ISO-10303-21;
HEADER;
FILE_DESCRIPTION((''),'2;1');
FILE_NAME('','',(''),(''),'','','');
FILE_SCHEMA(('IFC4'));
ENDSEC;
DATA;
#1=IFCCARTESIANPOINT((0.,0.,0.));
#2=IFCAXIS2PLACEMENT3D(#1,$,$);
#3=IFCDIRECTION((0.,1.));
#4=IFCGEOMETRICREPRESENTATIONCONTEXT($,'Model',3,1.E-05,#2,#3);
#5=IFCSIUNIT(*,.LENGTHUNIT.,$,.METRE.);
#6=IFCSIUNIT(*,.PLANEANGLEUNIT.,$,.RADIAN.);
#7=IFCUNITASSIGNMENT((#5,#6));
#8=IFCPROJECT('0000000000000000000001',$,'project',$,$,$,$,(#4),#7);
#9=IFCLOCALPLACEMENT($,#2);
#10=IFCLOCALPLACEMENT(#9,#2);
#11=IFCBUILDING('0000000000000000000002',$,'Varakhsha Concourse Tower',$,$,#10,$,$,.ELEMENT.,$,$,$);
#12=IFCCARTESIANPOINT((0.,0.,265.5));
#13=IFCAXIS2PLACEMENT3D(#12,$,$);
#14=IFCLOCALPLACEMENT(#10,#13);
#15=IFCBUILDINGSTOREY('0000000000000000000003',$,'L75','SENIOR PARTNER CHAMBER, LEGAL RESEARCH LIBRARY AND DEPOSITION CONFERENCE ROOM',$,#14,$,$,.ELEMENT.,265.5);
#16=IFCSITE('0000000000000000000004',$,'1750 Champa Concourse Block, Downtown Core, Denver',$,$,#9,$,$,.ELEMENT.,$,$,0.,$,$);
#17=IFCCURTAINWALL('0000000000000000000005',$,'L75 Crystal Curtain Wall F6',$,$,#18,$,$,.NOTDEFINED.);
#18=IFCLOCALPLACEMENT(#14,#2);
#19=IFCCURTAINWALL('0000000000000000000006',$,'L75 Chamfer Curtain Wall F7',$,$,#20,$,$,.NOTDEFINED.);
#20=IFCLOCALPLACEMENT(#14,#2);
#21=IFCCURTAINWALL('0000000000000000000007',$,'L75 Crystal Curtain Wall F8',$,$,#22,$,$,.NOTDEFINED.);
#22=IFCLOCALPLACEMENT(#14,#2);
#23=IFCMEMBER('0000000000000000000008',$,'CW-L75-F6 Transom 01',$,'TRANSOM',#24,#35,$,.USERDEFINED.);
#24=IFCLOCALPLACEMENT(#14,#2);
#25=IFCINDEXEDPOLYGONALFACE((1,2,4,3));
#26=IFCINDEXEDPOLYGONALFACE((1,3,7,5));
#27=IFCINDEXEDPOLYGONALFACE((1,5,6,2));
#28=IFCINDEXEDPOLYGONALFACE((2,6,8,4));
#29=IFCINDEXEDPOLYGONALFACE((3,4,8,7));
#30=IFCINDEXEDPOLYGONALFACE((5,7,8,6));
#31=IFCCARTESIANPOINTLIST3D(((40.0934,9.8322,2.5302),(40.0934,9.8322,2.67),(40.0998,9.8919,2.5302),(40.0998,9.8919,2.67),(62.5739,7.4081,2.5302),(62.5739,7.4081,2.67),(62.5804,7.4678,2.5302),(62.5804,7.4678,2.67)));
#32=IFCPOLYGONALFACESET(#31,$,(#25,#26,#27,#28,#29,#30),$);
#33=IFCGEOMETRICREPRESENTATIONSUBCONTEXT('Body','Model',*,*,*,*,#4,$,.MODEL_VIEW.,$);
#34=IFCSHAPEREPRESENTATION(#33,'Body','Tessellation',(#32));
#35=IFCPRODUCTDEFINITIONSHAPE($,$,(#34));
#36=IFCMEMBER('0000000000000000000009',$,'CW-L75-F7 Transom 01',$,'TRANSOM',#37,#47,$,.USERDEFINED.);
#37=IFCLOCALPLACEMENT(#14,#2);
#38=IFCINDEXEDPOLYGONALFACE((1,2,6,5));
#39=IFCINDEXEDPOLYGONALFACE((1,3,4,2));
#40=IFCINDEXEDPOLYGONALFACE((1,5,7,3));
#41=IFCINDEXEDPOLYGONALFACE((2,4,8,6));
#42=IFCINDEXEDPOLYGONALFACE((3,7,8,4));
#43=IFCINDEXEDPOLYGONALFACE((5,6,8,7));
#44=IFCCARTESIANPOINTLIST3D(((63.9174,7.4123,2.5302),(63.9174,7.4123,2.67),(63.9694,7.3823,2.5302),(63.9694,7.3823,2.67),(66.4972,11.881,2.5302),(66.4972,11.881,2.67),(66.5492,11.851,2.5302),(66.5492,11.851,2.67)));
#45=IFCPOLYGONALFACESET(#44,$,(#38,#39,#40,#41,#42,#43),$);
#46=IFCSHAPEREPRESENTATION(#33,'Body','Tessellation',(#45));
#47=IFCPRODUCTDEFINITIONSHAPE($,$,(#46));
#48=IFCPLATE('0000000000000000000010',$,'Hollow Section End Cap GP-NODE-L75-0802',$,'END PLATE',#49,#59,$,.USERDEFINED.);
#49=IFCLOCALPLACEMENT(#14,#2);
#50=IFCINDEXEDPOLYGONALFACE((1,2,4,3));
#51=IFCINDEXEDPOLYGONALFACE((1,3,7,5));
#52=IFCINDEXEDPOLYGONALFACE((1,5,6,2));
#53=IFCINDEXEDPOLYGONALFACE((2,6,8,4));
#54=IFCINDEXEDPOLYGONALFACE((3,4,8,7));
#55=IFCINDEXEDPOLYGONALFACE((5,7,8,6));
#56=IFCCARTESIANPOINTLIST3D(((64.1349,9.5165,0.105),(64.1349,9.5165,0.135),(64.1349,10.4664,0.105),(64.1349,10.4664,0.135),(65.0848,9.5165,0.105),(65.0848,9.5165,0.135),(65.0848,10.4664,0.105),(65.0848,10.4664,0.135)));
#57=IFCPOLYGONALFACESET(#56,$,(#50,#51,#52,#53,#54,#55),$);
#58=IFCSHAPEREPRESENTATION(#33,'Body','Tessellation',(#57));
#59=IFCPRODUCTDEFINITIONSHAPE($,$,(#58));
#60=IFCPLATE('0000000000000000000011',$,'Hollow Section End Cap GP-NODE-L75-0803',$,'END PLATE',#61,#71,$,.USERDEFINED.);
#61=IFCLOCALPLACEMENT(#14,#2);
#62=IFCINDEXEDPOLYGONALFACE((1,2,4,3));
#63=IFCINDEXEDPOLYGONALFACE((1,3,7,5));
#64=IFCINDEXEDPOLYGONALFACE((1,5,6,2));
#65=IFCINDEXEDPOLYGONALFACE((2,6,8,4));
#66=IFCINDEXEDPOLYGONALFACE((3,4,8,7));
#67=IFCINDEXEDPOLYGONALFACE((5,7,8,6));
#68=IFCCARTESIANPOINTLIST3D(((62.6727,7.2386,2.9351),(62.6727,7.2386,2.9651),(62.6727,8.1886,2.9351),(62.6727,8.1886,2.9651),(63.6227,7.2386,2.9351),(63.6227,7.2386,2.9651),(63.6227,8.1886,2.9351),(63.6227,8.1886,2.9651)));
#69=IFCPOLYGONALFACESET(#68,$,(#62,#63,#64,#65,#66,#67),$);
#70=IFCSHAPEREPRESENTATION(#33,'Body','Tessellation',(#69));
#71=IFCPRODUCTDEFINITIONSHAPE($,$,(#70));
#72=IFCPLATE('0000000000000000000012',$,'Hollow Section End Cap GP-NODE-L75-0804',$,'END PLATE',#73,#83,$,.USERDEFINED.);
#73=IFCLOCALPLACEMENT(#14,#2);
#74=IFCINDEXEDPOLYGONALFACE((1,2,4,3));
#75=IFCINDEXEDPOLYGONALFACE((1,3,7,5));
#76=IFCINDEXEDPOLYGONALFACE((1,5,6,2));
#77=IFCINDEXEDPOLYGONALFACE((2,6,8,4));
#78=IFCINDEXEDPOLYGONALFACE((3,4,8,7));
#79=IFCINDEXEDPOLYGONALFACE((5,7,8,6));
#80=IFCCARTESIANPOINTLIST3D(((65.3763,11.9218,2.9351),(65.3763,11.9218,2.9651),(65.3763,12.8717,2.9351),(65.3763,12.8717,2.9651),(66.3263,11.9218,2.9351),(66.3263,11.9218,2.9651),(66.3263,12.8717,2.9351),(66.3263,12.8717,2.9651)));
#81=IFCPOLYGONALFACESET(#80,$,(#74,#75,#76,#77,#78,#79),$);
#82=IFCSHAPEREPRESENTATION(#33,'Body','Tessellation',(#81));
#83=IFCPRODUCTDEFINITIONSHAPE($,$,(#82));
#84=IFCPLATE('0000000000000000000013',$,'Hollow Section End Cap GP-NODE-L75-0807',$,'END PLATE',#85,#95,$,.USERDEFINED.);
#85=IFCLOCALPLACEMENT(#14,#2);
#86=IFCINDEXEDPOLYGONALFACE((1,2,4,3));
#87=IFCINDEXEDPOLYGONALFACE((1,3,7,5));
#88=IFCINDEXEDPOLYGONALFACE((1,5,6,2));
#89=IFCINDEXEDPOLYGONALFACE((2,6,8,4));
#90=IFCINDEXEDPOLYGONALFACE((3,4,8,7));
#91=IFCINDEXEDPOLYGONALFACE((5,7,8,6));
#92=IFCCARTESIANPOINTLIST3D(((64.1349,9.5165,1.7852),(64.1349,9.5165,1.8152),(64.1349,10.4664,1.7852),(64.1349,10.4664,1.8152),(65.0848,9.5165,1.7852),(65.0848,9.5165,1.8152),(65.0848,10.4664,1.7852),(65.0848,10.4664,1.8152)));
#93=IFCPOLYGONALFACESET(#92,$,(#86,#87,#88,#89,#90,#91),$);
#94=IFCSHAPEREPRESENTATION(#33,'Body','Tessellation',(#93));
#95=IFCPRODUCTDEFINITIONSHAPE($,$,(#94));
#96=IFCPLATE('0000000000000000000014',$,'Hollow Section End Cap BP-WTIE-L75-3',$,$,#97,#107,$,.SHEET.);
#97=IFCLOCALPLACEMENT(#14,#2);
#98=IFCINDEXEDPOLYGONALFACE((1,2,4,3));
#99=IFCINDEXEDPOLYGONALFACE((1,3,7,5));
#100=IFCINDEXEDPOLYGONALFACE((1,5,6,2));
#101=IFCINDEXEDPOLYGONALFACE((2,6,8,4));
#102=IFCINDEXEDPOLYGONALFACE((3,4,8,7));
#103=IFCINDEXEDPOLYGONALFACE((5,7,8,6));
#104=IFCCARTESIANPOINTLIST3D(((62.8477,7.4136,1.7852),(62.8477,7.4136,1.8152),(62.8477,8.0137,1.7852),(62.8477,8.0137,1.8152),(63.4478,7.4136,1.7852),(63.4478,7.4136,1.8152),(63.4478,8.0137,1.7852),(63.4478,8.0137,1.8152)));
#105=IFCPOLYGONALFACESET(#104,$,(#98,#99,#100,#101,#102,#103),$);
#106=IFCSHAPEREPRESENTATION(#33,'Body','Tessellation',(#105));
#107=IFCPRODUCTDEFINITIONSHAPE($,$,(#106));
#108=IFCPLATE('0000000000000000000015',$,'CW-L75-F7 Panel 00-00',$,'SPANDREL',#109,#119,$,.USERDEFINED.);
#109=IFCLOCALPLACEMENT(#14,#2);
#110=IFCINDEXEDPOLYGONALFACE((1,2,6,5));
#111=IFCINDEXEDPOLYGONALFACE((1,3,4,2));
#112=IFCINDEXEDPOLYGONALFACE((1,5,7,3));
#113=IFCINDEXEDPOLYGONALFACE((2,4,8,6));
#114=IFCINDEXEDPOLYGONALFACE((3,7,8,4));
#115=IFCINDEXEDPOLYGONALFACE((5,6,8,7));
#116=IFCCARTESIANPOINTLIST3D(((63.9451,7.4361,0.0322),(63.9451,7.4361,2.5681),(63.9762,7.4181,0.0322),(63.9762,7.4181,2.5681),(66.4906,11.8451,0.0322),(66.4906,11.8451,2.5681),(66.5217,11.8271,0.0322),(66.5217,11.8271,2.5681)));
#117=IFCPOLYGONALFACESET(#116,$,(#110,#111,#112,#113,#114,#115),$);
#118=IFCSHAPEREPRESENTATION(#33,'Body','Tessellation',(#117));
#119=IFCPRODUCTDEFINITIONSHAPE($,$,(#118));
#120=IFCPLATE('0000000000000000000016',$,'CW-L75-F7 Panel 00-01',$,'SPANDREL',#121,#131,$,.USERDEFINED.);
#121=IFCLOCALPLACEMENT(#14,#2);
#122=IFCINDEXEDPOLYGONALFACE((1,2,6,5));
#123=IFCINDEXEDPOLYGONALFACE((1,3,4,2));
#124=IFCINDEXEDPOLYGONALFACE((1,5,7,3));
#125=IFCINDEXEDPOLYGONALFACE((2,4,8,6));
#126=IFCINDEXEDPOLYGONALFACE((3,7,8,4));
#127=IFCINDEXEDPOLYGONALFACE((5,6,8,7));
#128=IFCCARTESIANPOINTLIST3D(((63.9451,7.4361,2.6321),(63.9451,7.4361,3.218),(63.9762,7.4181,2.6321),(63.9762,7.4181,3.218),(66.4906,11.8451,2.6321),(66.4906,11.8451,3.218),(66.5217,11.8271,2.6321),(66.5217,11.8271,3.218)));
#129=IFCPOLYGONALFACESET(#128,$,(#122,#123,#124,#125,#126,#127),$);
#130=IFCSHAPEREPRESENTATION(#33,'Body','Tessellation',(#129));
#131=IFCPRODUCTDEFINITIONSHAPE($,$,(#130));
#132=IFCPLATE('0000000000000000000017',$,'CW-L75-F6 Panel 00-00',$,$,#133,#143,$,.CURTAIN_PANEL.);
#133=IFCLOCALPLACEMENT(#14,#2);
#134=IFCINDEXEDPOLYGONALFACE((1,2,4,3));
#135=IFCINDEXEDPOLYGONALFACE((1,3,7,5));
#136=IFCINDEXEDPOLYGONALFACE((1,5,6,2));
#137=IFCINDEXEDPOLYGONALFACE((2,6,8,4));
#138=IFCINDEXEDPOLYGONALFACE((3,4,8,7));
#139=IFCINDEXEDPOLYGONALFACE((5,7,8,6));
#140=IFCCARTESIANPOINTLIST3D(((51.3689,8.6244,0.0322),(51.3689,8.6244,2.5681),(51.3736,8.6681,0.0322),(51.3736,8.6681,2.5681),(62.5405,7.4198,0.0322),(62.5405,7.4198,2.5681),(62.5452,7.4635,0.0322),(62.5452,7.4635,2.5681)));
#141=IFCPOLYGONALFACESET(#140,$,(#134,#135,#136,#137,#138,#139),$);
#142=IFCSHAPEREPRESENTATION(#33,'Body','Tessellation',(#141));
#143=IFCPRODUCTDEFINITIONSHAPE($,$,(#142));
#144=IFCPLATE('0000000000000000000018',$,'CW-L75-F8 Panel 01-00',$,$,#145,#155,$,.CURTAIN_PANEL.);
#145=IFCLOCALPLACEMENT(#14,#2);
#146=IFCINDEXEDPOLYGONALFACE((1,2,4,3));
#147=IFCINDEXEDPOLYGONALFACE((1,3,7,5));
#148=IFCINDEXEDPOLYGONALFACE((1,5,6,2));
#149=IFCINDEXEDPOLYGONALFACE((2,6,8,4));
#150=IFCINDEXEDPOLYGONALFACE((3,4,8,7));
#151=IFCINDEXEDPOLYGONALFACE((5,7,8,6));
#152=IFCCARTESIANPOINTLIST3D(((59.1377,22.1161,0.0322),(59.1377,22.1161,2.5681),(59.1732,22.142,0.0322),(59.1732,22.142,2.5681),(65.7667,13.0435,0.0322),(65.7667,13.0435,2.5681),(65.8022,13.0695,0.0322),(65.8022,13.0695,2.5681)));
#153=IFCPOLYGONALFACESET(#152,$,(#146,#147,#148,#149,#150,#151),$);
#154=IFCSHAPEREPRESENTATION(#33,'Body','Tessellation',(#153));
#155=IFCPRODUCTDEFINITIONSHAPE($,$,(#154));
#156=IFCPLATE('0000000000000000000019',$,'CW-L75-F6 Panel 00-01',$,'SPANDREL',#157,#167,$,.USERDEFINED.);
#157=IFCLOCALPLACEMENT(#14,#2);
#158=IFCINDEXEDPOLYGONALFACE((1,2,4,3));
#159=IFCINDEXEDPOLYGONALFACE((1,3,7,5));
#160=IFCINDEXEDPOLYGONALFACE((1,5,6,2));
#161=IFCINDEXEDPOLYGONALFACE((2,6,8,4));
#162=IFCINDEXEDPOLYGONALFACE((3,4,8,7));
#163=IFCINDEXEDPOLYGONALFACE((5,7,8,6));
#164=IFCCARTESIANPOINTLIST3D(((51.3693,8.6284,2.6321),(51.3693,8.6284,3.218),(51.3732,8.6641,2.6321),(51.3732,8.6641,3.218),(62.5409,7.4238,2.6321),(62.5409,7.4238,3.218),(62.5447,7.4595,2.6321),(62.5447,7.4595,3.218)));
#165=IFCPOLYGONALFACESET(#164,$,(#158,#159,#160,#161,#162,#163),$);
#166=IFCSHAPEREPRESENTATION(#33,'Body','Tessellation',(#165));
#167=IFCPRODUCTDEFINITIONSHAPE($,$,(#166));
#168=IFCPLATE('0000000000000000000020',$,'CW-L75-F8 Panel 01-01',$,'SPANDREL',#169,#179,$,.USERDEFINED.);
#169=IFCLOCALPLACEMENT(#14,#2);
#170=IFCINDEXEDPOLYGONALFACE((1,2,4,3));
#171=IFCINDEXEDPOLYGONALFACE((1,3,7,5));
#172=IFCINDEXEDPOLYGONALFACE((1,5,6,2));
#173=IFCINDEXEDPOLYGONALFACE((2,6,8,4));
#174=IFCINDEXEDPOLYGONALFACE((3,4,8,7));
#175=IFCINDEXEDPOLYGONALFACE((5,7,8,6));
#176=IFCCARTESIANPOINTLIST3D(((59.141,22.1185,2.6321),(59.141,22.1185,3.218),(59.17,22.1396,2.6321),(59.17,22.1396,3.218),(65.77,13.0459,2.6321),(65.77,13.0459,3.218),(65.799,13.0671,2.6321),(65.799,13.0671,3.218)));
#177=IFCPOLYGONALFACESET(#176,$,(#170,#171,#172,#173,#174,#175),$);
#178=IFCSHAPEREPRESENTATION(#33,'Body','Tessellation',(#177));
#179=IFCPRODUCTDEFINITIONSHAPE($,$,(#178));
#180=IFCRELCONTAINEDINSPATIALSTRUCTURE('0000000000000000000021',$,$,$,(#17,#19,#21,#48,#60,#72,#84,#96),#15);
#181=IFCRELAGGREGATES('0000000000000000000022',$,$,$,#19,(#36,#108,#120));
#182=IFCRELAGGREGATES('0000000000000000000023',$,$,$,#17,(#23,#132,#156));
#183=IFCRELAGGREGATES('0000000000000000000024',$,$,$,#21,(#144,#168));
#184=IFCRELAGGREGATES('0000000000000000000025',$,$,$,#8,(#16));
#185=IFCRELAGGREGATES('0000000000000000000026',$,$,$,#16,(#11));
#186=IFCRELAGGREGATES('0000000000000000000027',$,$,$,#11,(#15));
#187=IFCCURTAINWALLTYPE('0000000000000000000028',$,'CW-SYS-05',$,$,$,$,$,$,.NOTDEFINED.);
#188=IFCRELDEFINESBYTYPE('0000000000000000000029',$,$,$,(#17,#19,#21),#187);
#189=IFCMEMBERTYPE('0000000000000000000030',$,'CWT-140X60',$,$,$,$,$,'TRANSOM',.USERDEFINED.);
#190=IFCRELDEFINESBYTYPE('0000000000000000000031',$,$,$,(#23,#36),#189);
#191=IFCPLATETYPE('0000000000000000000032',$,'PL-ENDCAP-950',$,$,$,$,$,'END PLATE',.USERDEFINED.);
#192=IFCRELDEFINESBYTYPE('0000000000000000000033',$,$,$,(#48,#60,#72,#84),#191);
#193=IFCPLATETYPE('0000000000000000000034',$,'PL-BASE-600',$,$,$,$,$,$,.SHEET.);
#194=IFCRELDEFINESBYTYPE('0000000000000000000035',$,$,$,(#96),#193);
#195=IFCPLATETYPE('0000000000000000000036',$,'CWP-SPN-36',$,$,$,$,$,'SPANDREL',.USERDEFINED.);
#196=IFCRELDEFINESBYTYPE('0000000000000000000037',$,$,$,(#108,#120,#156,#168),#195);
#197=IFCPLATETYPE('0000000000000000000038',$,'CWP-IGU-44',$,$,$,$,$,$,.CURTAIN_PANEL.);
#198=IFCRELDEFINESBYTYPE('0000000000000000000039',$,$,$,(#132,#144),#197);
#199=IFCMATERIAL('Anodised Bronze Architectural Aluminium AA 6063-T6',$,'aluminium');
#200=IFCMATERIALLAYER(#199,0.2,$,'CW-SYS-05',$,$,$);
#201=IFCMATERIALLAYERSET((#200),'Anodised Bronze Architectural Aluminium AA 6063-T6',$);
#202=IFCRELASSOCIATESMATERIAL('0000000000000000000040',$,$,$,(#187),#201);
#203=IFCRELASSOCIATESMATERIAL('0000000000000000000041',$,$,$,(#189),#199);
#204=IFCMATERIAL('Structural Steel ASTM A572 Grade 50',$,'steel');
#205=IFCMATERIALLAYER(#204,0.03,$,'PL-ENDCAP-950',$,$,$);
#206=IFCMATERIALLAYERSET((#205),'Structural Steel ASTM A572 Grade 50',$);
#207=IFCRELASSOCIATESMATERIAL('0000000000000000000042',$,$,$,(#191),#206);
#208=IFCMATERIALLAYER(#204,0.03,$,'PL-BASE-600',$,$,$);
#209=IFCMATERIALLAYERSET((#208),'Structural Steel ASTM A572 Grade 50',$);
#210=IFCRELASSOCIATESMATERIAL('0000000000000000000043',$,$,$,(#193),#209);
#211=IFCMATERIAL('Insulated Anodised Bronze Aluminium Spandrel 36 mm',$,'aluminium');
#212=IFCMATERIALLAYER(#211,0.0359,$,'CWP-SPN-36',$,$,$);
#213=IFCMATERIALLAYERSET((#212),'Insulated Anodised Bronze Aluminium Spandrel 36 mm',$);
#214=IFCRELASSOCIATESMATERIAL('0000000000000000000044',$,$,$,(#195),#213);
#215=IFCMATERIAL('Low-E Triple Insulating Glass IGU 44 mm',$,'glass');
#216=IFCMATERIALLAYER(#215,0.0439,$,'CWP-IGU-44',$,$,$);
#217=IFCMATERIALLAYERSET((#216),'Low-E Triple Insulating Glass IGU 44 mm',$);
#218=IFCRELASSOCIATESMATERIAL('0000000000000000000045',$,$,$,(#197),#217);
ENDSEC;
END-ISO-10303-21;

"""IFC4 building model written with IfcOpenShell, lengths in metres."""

from ifc_helpers import new_model, si_unit, direction, frame, origin, origin_2d, place, context, subcontext, project, spatial, rectangle, extrude, source, transform, mapped, material, layer, layer_set, material_profile, profile_set, type_object, type_shapes, element, aggregate, save


model = new_model("IFC4")

# Units and contexts
model_context = context("Model", 3, precision=1e-05, world=origin(), true_north=direction((0.0, 1.0)))
body_context = subcontext(model_context, "Body", "Model", "MODEL_VIEW")
ifc_project = project(units=[si_unit("LENGTHUNIT", "METRE"), si_unit("PLANEANGLEUNIT", "RADIAN")], contexts=[model_context])

# Site, building, storey
site_placement = place(None, origin())
site = spatial("IfcSite", under=ifc_project, at=site_placement, Name="1750 Champa Concourse Block, Downtown Core, Denver", CompositionType="ELEMENT", RefElevation=0.0)
building_placement = place(site_placement, origin())
building = spatial("IfcBuilding", under=site, at=building_placement, Name="Varakhsha Concourse Tower", CompositionType="ELEMENT")
storey_placement = place(building_placement, frame((0.0, 0.0, 265.5)))
storey = spatial("IfcBuildingStorey", under=building, at=storey_placement, Name="L75", Description="SENIOR PARTNER CHAMBER, LEGAL RESEARCH LIBRARY AND DEPOSITION CONFERENCE ROOM", CompositionType="ELEMENT", Elevation=265.5)

# Shared definitions
ifc_material_1 = material(Name="Structural Steel ASTM A572 Grade 50", Category="steel")

# Curtain wall
ifc_material_2 = material(Name="Anodised Bronze Architectural Aluminium AA 6063-T6", Category="aluminium")
ifc_layer_1 = layer(ifc_material_2, 0.2, Name="CW-SYS-05")
ifc_layer_set_1 = layer_set([ifc_layer_1], Name="Anodised Bronze Architectural Aluminium AA 6063-T6")
curtain_wall_type = type_object("IfcCurtainWallType", Name="CW-SYS-05", PredefinedType="NOTDEFINED", material=ifc_layer_set_1)
curtain_wall_1_placement = place(storey_placement, origin())
curtain_wall_1 = element("IfcCurtainWall", 1, at=curtain_wall_1_placement, inside=storey, type_object=curtain_wall_type, Name="L75 Crystal Curtain Wall F6", PredefinedType="NOTDEFINED")

# Curtain wall
curtain_wall_2_placement = place(storey_placement, origin())
curtain_wall_2 = element("IfcCurtainWall", 2, at=curtain_wall_2_placement, inside=storey, type_object=curtain_wall_type, Name="L75 Chamfer Curtain Wall F7", PredefinedType="NOTDEFINED")

# Curtain wall
curtain_wall_3_placement = place(storey_placement, origin())
curtain_wall_3 = element("IfcCurtainWall", 3, at=curtain_wall_3_placement, inside=storey, type_object=curtain_wall_type, Name="L75 Crystal Curtain Wall F8", PredefinedType="NOTDEFINED")

# Members
ifc_material_profile_1 = material_profile(ifc_material_2, rectangle(XDim=0.0601, YDim=0.1399, at=origin_2d()), Name="CWT-140X60")
ifc_profile_set_1 = profile_set([ifc_material_profile_1], Name="Anodised Bronze Architectural Aluminium AA 6063-T6")
member_type_1 = type_object("IfcMemberType", Name="CWT-140X60", ElementType="TRANSOM", PredefinedType="USERDEFINED", material=ifc_profile_set_1)
shared_shape_1 = source(origin(), body_context, "Body", "SweptSolid", [
    extrude(rectangle(XDim=0.0601, YDim=0.1399, at=origin_2d()), origin(), (0.0, 0.0, 1.0), 22.6108),
])
member_1_placement = place(storey_placement, frame((62.5771, 7.438, 2.6001), z_axis=(-0.994237, 0.107209, 0.0), x_axis=(-0.107209, -0.994237, 0.0)))
member_1 = element("IfcMember", 4, at=member_1_placement, type_object=member_type_1, Name="CW-L75-F6 Transom 01", ObjectType="TRANSOM", PredefinedType="USERDEFINED", context=body_context, shape_type="MappedRepresentation", body=[
    mapped(shared_shape_1, transform((0.0, 0.0, 0.0), scale=1.0)),
])
shared_shape_2 = source(origin(), body_context, "Body", "SweptSolid", [
    extrude(rectangle(XDim=0.0601, YDim=0.1399, at=origin_2d()), origin(), (0.0, 0.0, 1.0), 5.1599),
])
type_shapes(member_type_1, [shared_shape_1, shared_shape_2])
member_2_placement = place(storey_placement, frame((66.5232, 11.866, 2.6001), z_axis=(-0.499971, -0.866042, 0.0), x_axis=(0.866042, -0.499971, 0.0)))
member_2 = element("IfcMember", 5, at=member_2_placement, type_object=member_type_1, Name="CW-L75-F7 Transom 01", ObjectType="TRANSOM", PredefinedType="USERDEFINED", context=body_context, shape_type="MappedRepresentation", body=[
    mapped(shared_shape_2, transform((0.0, 0.0, 0.0), scale=1.0)),
])

# Plates
ifc_layer_2 = layer(ifc_material_1, 0.03, Name="PL-ENDCAP-950")
ifc_layer_set_2 = layer_set([ifc_layer_2], Name="Structural Steel ASTM A572 Grade 50")
plate_type_1 = type_object("IfcPlateType", Name="PL-ENDCAP-950", ElementType="END PLATE", PredefinedType="USERDEFINED", material=ifc_layer_set_2)
shared_shape_3 = source(origin(), body_context, "Body", "SweptSolid", [
    extrude(rectangle(XDim=0.95, YDim=0.95, at=origin_2d()), origin(), (0.0, 0.0, 1.0), 0.03),
])
type_shapes(plate_type_1, [shared_shape_3])
for number, where, z_axis, x_axis, name in (
    (6, (64.6099, 9.9915, 0.105), (0.0, 0.0, 1.0), (1.0, 0.0, 0.0), "Hollow Section End Cap GP-NODE-L75-0802"),
    (7, (63.1477, 7.7136, 2.9351), (0.0, 0.0, 1.0), (1.0, 0.0, 0.0), "Hollow Section End Cap GP-NODE-L75-0803"),
    (8, (65.8513, 12.3967, 2.9351), (0.0, 0.0, 1.0), (1.0, 0.0, 0.0), "Hollow Section End Cap GP-NODE-L75-0804"),
    (9, (64.6099, 9.9915, 1.7852), (0.0, 0.0, 1.0), (1.0, 0.0, 0.0), "Hollow Section End Cap GP-NODE-L75-0807"),
):
    element("IfcPlate", number, at=place(storey_placement, frame(where, z_axis=z_axis, x_axis=x_axis)), inside=storey, type_object=plate_type_1, Name=name, ObjectType="END PLATE", PredefinedType="USERDEFINED", context=body_context, shape_type="MappedRepresentation", body=[
        mapped(shared_shape_3, transform((0.0, 0.0, 0.0), scale=1.0)),
    ])
ifc_layer_3 = layer(ifc_material_1, 0.03, Name="PL-BASE-600")
ifc_layer_set_3 = layer_set([ifc_layer_3], Name="Structural Steel ASTM A572 Grade 50")
plate_type_2 = type_object("IfcPlateType", Name="PL-BASE-600", PredefinedType="SHEET", material=ifc_layer_set_3)
shared_shape_4 = source(origin(), body_context, "Body", "SweptSolid", [
    extrude(rectangle(XDim=0.6001, YDim=0.6001, at=origin_2d()), origin(), (0.0, 0.0, 1.0), 0.03),
])
type_shapes(plate_type_2, [shared_shape_4])
plate_1_placement = place(storey_placement, frame((63.1477, 7.7136, 1.7852), z_axis=(0.0, 0.0, 1.0), x_axis=(1.0, 0.0, 0.0)))
element("IfcPlate", 10, at=plate_1_placement, inside=storey, type_object=plate_type_2, Name="Hollow Section End Cap BP-WTIE-L75-3", PredefinedType="SHEET", context=body_context, shape_type="MappedRepresentation", body=[
    mapped(shared_shape_4, transform((0.0, 0.0, 0.0), scale=1.0)),
])

# Plates
ifc_material_3 = material(Name="Insulated Anodised Bronze Aluminium Spandrel 36 mm", Category="aluminium")
ifc_layer_4 = layer(ifc_material_3, 0.0359, Name="CWP-SPN-36")
ifc_layer_set_4 = layer_set([ifc_layer_4], Name="Insulated Anodised Bronze Aluminium Spandrel 36 mm")
plate_type_3 = type_object("IfcPlateType", Name="CWP-SPN-36", ElementType="SPANDREL", PredefinedType="USERDEFINED", material=ifc_layer_set_4)
shared_shape_5 = source(origin(), body_context, "Body", "SweptSolid", [
    extrude(rectangle(XDim=5.0911, YDim=0.0359, at=origin_2d()), origin(), (0.0, 0.0, 1.0), 2.5359),
])
plate_2_placement = place(storey_placement, frame((65.2334, 9.6316, 0.0322), z_axis=(0.0, 0.0, 1.0), x_axis=(-0.499991, -0.866031, 0.0)))
plate_2 = element("IfcPlate", 11, at=plate_2_placement, type_object=plate_type_3, Name="CW-L75-F7 Panel 00-00", ObjectType="SPANDREL", PredefinedType="USERDEFINED", context=body_context, shape_type="MappedRepresentation", body=[
    mapped(shared_shape_5, transform((0.0, 0.0, 0.0), scale=1.0)),
])
shared_shape_6 = source(origin(), body_context, "Body", "SweptSolid", [
    extrude(rectangle(XDim=5.0911, YDim=0.0359, at=origin_2d()), origin(), (0.0, 0.0, 1.0), 0.5859),
])
plate_3_placement = place(storey_placement, frame((65.2334, 9.6316, 2.6321), z_axis=(0.0, 0.0, 1.0), x_axis=(-0.499991, -0.866031, 0.0)))
plate_3 = element("IfcPlate", 12, at=plate_3_placement, type_object=plate_type_3, Name="CW-L75-F7 Panel 00-01", ObjectType="SPANDREL", PredefinedType="USERDEFINED", context=body_context, shape_type="MappedRepresentation", body=[
    mapped(shared_shape_6, transform((0.0, 0.0, 0.0), scale=1.0)),
])
aggregate(curtain_wall_2, [member_2, plate_2, plate_3])
ifc_material_4 = material(Name="Low-E Triple Insulating Glass IGU 44 mm", Category="glass")
ifc_layer_5 = layer(ifc_material_4, 0.0439, Name="CWP-IGU-44")
ifc_layer_set_5 = layer_set([ifc_layer_5], Name="Low-E Triple Insulating Glass IGU 44 mm")
plate_type_4 = type_object("IfcPlateType", Name="CWP-IGU-44", PredefinedType="CURTAIN_PANEL", material=ifc_layer_set_5)
shared_shape_7 = source(origin(), body_context, "Body", "SweptSolid", [
    extrude(rectangle(XDim=11.2363, YDim=0.0439, at=origin_2d()), origin(), (0.0, 0.0, 1.0), 2.5359),
])
type_shapes(plate_type_4, [shared_shape_7])
plate_4_placement = place(storey_placement, frame((56.957, 8.0439, 0.0322), z_axis=(0.0, 0.0, 1.0), x_axis=(-0.994236, 0.10721, 0.0)))
plate_4 = element("IfcPlate", 13, at=plate_4_placement, type_object=plate_type_4, Name="CW-L75-F6 Panel 00-00", PredefinedType="CURTAIN_PANEL", context=body_context, shape_type="MappedRepresentation", body=[
    mapped(shared_shape_7, transform((0.0, 0.0, 0.0), scale=1.0)),
])
plate_5_placement = place(storey_placement, frame((62.47, 17.5928, 0.0322), z_axis=(0.0, 0.0, 1.0), x_axis=(0.58996, -0.807432, 0.0)))
plate_5 = element("IfcPlate", 14, at=plate_5_placement, type_object=plate_type_4, Name="CW-L75-F8 Panel 01-00", PredefinedType="CURTAIN_PANEL", context=body_context, shape_type="MappedRepresentation", body=[
    mapped(shared_shape_7, transform((0.0, 0.0, 0.0), scale=1.0)),
])
shared_shape_8 = source(origin(), body_context, "Body", "SweptSolid", [
    extrude(rectangle(XDim=11.2363, YDim=0.0359, at=origin_2d()), origin(), (0.0, 0.0, 1.0), 0.5859),
])
type_shapes(plate_type_3, [shared_shape_5, shared_shape_6, shared_shape_8])
plate_6_placement = place(storey_placement, frame((56.957, 8.0439, 2.6321), z_axis=(0.0, 0.0, 1.0), x_axis=(-0.994236, 0.10721, 0.0)))
plate_6 = element("IfcPlate", 15, at=plate_6_placement, type_object=plate_type_3, Name="CW-L75-F6 Panel 00-01", ObjectType="SPANDREL", PredefinedType="USERDEFINED", context=body_context, shape_type="MappedRepresentation", body=[
    mapped(shared_shape_8, transform((0.0, 0.0, 0.0), scale=1.0)),
])
aggregate(curtain_wall_1, [member_1, plate_4, plate_6])
plate_7_placement = place(storey_placement, frame((62.47, 17.5928, 2.6321), z_axis=(0.0, 0.0, 1.0), x_axis=(0.58996, -0.807432, 0.0)))
plate_7 = element("IfcPlate", 16, at=plate_7_placement, type_object=plate_type_3, Name="CW-L75-F8 Panel 01-01", ObjectType="SPANDREL", PredefinedType="USERDEFINED", context=body_context, shape_type="MappedRepresentation", body=[
    mapped(shared_shape_8, transform((0.0, 0.0, 0.0), scale=1.0)),
])
aggregate(curtain_wall_3, [plate_5, plate_7])

save(model, "model.ifc")
